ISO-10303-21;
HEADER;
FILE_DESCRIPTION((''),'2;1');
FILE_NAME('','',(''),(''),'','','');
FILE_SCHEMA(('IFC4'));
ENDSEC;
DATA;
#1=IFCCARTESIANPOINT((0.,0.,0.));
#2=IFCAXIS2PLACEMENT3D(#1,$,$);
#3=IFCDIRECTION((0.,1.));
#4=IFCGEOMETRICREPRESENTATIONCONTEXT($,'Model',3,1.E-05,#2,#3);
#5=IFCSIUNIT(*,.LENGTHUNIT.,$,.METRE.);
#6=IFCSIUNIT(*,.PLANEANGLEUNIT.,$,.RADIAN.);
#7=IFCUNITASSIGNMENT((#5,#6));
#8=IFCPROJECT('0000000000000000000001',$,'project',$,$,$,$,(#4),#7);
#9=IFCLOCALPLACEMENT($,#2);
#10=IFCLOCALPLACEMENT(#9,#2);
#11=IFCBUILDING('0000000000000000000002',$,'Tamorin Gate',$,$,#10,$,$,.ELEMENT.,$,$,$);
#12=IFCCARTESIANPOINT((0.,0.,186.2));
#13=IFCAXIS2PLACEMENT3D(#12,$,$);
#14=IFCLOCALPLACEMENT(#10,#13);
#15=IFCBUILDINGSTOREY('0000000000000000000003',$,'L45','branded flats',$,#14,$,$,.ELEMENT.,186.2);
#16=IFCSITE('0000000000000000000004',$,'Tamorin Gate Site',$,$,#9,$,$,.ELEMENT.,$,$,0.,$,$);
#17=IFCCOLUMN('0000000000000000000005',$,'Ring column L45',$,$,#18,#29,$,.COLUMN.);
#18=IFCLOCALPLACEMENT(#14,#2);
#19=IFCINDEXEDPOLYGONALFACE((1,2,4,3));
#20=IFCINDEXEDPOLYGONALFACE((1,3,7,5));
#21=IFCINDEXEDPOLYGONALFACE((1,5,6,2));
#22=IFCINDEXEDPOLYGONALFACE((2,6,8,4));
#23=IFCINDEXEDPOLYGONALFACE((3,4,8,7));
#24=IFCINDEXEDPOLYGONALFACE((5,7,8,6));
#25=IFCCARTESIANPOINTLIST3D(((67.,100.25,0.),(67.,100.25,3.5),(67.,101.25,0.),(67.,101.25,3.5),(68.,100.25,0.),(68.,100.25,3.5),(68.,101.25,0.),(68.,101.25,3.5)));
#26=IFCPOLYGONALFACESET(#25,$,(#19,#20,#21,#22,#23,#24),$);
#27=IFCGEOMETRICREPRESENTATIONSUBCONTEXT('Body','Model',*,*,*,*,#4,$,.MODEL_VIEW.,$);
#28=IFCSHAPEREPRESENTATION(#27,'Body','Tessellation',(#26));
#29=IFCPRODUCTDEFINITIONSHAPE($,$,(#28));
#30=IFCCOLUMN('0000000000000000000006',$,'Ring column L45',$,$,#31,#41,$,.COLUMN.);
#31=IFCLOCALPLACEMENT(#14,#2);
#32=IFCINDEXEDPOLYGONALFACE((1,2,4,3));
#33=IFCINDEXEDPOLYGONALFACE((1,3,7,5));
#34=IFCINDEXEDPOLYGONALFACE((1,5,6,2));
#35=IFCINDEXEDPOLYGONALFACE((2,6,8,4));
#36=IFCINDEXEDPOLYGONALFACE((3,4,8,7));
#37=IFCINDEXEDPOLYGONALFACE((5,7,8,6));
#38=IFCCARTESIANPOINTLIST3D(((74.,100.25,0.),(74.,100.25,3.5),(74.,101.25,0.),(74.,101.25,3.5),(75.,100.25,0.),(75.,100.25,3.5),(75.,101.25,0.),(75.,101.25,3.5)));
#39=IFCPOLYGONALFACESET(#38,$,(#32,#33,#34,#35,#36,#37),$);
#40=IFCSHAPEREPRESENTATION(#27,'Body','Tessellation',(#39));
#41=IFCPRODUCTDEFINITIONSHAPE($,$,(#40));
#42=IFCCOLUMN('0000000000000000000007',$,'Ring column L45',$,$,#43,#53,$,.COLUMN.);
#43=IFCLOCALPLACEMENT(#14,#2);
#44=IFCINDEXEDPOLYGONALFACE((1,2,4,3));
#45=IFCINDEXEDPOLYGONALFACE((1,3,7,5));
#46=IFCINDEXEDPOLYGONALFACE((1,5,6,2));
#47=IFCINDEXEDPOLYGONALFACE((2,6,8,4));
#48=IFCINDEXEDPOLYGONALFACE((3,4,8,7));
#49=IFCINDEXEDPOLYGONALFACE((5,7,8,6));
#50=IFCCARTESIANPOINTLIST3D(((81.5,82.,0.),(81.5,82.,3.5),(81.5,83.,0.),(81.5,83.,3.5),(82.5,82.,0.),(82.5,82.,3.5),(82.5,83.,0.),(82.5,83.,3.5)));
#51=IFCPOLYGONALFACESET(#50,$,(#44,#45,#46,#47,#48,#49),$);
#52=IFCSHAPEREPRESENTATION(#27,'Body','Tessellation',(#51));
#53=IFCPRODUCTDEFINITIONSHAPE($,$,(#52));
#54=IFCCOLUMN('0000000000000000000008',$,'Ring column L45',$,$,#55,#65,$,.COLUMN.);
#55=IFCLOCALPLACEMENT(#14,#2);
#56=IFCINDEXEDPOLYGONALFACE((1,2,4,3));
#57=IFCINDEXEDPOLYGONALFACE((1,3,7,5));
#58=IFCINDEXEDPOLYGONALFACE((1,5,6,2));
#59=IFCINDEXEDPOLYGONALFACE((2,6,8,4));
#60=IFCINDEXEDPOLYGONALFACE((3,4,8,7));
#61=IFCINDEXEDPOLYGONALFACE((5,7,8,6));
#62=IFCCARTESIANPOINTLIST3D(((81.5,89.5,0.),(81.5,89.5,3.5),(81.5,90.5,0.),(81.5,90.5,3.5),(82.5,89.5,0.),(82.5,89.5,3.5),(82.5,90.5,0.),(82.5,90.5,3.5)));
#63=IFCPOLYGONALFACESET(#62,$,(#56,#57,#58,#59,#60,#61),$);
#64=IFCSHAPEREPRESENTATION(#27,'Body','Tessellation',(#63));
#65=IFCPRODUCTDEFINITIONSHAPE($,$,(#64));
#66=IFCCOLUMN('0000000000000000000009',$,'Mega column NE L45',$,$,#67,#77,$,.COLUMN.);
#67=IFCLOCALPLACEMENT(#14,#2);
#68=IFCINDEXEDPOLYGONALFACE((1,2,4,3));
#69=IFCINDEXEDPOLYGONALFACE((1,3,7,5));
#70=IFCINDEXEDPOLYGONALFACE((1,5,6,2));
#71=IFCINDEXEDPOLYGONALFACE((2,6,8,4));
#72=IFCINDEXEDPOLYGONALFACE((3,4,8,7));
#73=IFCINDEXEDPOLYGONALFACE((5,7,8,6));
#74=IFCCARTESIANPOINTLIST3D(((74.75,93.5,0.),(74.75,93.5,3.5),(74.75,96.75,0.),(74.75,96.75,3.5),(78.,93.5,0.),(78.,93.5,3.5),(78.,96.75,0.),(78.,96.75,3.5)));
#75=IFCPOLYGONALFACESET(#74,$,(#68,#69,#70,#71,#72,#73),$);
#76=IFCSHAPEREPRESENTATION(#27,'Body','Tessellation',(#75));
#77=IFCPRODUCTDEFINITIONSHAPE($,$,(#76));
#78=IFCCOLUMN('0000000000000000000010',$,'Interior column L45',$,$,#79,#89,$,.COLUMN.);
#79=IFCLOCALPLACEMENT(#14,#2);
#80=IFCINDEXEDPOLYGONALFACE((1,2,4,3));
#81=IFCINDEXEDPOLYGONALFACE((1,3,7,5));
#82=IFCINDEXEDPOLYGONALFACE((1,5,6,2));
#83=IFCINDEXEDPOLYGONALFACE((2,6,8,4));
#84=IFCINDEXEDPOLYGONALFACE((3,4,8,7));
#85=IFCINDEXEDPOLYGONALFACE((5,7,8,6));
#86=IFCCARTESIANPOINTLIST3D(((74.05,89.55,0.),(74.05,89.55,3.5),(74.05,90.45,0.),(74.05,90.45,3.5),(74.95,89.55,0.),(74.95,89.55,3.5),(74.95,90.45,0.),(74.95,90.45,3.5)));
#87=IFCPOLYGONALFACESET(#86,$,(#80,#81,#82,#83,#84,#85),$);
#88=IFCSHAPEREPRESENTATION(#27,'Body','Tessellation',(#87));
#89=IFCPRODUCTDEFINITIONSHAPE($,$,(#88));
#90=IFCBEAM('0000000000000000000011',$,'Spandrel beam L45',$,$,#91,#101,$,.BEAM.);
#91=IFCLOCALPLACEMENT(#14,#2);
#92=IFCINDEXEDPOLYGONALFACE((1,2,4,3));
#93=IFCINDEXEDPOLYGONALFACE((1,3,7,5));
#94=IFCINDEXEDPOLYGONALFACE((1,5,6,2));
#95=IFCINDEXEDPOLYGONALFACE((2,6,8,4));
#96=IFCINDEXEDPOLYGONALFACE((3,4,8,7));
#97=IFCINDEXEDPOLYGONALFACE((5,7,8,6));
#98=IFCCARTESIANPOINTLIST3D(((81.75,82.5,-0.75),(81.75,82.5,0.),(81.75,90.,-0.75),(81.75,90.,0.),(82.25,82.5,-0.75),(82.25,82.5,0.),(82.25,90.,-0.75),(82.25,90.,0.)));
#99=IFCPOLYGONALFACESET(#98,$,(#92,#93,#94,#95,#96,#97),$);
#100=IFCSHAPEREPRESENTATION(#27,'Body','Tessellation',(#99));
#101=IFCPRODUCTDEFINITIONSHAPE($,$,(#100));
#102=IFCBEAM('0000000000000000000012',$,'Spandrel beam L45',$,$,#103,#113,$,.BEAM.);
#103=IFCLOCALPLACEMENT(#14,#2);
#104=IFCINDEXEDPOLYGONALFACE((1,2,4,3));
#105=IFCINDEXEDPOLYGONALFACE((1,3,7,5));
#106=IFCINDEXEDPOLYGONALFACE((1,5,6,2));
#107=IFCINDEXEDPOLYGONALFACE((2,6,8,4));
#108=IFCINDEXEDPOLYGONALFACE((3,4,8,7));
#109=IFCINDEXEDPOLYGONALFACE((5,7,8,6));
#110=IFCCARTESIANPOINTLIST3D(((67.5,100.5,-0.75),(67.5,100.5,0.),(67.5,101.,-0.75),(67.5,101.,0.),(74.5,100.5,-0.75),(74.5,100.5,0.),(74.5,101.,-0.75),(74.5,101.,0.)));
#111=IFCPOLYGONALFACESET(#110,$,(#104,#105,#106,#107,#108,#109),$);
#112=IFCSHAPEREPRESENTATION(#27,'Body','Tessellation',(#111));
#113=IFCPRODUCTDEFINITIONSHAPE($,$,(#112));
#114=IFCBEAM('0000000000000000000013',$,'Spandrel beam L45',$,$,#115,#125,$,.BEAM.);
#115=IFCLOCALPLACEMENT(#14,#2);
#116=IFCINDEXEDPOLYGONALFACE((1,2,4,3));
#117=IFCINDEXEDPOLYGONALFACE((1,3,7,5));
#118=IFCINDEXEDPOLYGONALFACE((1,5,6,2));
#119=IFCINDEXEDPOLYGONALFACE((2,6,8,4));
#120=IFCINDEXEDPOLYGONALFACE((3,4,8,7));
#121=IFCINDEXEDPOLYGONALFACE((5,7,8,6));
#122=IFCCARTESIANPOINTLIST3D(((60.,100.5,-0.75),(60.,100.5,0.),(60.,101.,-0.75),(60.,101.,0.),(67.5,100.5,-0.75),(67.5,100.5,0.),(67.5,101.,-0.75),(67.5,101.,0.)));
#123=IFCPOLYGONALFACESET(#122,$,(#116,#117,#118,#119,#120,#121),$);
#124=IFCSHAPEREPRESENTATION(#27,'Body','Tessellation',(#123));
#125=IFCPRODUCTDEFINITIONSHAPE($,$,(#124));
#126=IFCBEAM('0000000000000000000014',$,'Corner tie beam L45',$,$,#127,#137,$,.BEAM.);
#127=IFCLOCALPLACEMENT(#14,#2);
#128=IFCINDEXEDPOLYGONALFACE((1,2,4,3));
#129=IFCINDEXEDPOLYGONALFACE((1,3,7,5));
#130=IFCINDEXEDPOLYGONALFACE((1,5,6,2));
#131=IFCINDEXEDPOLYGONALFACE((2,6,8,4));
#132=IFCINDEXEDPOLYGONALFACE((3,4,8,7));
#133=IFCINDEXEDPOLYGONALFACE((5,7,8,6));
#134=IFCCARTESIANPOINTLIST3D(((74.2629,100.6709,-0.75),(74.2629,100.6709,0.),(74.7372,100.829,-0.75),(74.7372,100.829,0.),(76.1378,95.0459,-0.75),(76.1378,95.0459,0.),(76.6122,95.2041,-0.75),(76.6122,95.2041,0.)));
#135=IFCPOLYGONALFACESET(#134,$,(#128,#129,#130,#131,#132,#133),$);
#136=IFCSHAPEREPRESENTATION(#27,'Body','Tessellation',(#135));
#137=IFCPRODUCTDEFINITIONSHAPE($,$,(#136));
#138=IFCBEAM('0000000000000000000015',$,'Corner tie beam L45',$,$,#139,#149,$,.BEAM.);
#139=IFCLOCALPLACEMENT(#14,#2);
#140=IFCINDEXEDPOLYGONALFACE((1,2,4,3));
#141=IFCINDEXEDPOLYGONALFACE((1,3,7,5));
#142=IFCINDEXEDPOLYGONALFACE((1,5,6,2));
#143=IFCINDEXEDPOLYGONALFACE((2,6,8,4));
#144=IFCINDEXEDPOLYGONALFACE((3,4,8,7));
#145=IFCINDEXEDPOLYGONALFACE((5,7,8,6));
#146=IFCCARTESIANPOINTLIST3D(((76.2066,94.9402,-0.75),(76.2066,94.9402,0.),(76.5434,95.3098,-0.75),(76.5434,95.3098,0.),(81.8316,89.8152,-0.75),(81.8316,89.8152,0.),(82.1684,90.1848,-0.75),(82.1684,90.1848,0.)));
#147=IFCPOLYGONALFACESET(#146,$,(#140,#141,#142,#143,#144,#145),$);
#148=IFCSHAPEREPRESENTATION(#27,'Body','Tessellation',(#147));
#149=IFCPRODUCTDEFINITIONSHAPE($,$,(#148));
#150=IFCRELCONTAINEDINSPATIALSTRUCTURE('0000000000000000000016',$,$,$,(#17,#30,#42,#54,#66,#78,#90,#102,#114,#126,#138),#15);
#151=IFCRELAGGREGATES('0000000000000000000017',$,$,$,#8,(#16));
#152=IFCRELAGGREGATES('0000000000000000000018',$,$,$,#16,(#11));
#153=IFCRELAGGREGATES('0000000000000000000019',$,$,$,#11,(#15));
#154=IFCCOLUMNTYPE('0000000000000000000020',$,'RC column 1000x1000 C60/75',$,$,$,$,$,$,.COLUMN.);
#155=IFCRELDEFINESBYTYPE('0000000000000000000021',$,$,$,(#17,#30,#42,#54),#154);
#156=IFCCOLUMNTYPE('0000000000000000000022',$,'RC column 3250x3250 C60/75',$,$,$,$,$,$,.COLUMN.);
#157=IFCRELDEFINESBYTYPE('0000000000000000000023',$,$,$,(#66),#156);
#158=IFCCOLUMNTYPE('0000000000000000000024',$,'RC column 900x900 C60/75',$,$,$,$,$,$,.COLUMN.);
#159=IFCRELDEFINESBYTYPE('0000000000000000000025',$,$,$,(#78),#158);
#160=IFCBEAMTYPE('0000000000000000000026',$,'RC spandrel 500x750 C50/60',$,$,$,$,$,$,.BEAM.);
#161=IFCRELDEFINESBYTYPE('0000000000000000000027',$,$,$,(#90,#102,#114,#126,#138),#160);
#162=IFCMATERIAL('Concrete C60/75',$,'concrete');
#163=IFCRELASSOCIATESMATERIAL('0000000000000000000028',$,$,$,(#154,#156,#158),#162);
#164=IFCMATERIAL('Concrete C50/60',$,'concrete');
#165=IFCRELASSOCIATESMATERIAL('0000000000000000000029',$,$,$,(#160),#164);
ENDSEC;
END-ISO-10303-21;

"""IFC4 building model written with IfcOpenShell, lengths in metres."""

from ifc_helpers import new_model, si_unit, direction, frame, origin, origin_2d, place, context, subcontext, project, spatial, rectangle, extrude, material, material_profile, profile_set, type_object, element, save


model = new_model("IFC4")

# Units and contexts
model_context = context("Model", 3, precision=1e-05, world=origin(), true_north=direction((0.0, 1.0)))
body_context = subcontext(model_context, "Body", "Model", "MODEL_VIEW")
ifc_project = project(units=[si_unit("LENGTHUNIT", "METRE"), si_unit("PLANEANGLEUNIT", "RADIAN")], contexts=[model_context])

# Site, building, storey
site_placement = place(None, origin())
site = spatial("IfcSite", under=ifc_project, at=site_placement, Name="Tamorin Gate Site", CompositionType="ELEMENT", RefElevation=0.0)
building_placement = place(site_placement, origin())
building = spatial("IfcBuilding", under=site, at=building_placement, Name="Tamorin Gate", CompositionType="ELEMENT")
storey_placement = place(building_placement, frame((0.0, 0.0, 186.2)))
storey = spatial("IfcBuildingStorey", under=building, at=storey_placement, Name="L45", Description="branded flats", CompositionType="ELEMENT", Elevation=186.2)

# Columns
ifc_material_1 = material(Name="Concrete C60/75", Category="concrete")
ifc_material_profile_1 = material_profile(ifc_material_1, rectangle(XDim=1.0, YDim=1.0, at=origin_2d()), Name="RC 1000x1000")
ifc_profile_set_1 = profile_set([ifc_material_profile_1], Name="Concrete C60/75")
column_type_1 = type_object("IfcColumnType", Name="RC column 1000x1000 C60/75", PredefinedType="COLUMN", material=ifc_profile_set_1)
for number, where, z_axis, x_axis, name in (
    (1, (67.5, 100.75, 0.0), (0.0, 0.0, 1.0), (1.0, 0.0, 0.0), "Ring column L45"),
    (2, (74.5, 100.75, 0.0), (0.0, 0.0, 1.0), (1.0, 0.0, 0.0), "Ring column L45"),
    (3, (82.0, 82.5, 0.0), (0.0, 0.0, 1.0), (1.0, 0.0, 0.0), "Ring column L45"),
    (4, (82.0, 90.0, 0.0), (0.0, 0.0, 1.0), (1.0, 0.0, 0.0), "Ring column L45"),
):
    element("IfcColumn", number, at=place(storey_placement, frame(where, z_axis=z_axis, x_axis=x_axis)), inside=storey, type_object=column_type_1, Name=name, PredefinedType="COLUMN", context=body_context, shape_type="SweptSolid", body=[
        extrude(rectangle(XDim=1.0, YDim=1.0, at=origin_2d()), origin(), (0.0, 0.0, 1.0), 3.5),
    ])
ifc_material_profile_2 = material_profile(ifc_material_1, rectangle(XDim=3.25, YDim=3.25, at=origin_2d()), Name="RC 3250x3250")
ifc_profile_set_2 = profile_set([ifc_material_profile_2], Name="Concrete C60/75")
column_type_2 = type_object("IfcColumnType", Name="RC column 3250x3250 C60/75", PredefinedType="COLUMN", material=ifc_profile_set_2)
column_1_placement = place(storey_placement, frame((76.375, 95.125, 0.0), z_axis=(0.0, 0.0, 1.0), x_axis=(1.0, 0.0, 0.0)))
element("IfcColumn", 5, at=column_1_placement, inside=storey, type_object=column_type_2, Name="Mega column NE L45", PredefinedType="COLUMN", context=body_context, shape_type="SweptSolid", body=[
    extrude(rectangle(XDim=3.25, YDim=3.25, at=origin_2d()), origin(), (0.0, 0.0, 1.0), 3.5),
])
ifc_material_profile_3 = material_profile(ifc_material_1, rectangle(XDim=0.8999, YDim=0.8999, at=origin_2d()), Name="RC 900x900")
ifc_profile_set_3 = profile_set([ifc_material_profile_3], Name="Concrete C60/75")
column_type_3 = type_object("IfcColumnType", Name="RC column 900x900 C60/75", PredefinedType="COLUMN", material=ifc_profile_set_3)
column_2_placement = place(storey_placement, frame((74.5, 90.0, 0.0), z_axis=(0.0, 0.0, 1.0), x_axis=(1.0, 0.0, 0.0)))
element("IfcColumn", 6, at=column_2_placement, inside=storey, type_object=column_type_3, Name="Interior column L45", PredefinedType="COLUMN", context=body_context, shape_type="SweptSolid", body=[
    extrude(rectangle(XDim=0.8999, YDim=0.8999, at=origin_2d()), origin(), (0.0, 0.0, 1.0), 3.5),
])

# Beams
ifc_material_2 = material(Name="Concrete C50/60", Category="concrete")
ifc_material_profile_4 = material_profile(ifc_material_2, rectangle(XDim=0.5, YDim=0.75, at=origin_2d()), Name="RC 500x750")
ifc_profile_set_4 = profile_set([ifc_material_profile_4], Name="Concrete C50/60")
beam_type = type_object("IfcBeamType", Name="RC spandrel 500x750 C50/60", PredefinedType="BEAM", material=ifc_profile_set_4)
beam_1_placement = place(storey_placement, frame((82.0, 82.5, -0.375), z_axis=(0.0, 1.0, 0.0), x_axis=(-1.0, 0.0, 0.0)))
element("IfcBeam", 7, at=beam_1_placement, inside=storey, type_object=beam_type, Name="Spandrel beam L45", PredefinedType="BEAM", context=body_context, shape_type="SweptSolid", body=[
    extrude(rectangle(XDim=0.5, YDim=0.75, at=origin_2d()), origin(), (0.0, 0.0, 1.0), 7.5),
])
beam_2_placement = place(storey_placement, frame((74.5, 100.75, -0.375), z_axis=(-1.0, 0.0, 0.0), x_axis=(0.0, -1.0, 0.0)))
element("IfcBeam", 8, at=beam_2_placement, inside=storey, type_object=beam_type, Name="Spandrel beam L45", PredefinedType="BEAM", context=body_context, shape_type="SweptSolid", body=[
    extrude(rectangle(XDim=0.5, YDim=0.75, at=origin_2d()), origin(), (0.0, 0.0, 1.0), 7.0),
])
beam_3_placement = place(storey_placement, frame((67.5, 100.75, -0.375), z_axis=(-1.0, 0.0, 0.0), x_axis=(0.0, -1.0, 0.0)))
element("IfcBeam", 9, at=beam_3_placement, inside=storey, type_object=beam_type, Name="Spandrel beam L45", PredefinedType="BEAM", context=body_context, shape_type="SweptSolid", body=[
    extrude(rectangle(XDim=0.5, YDim=0.75, at=origin_2d()), origin(), (0.0, 0.0, 1.0), 7.5),
])
beam_4_placement = place(storey_placement, frame((76.375, 95.125, -0.375), z_axis=(-0.316228, 0.948683, 0.0), x_axis=(-0.948683, -0.316228, 0.0)))
element("IfcBeam", 10, at=beam_4_placement, inside=storey, type_object=beam_type, Name="Corner tie beam L45", PredefinedType="BEAM", context=body_context, shape_type="SweptSolid", body=[
    extrude(rectangle(XDim=0.5, YDim=0.75, at=origin_2d()), origin(), (0.0, 0.0, 1.0), 5.9292),
])
beam_5_placement = place(storey_placement, frame((76.375, 95.125, -0.375), z_axis=(0.739196, -0.67349, 0.0), x_axis=(0.67349, 0.739196, 0.0)))
element("IfcBeam", 11, at=beam_5_placement, inside=storey, type_object=beam_type, Name="Corner tie beam L45", PredefinedType="BEAM", context=body_context, shape_type="SweptSolid", body=[
    extrude(rectangle(XDim=0.5, YDim=0.75, at=origin_2d()), origin(), (0.0, 0.0, 1.0), 7.6096),
])

save(model, "model.ifc")
